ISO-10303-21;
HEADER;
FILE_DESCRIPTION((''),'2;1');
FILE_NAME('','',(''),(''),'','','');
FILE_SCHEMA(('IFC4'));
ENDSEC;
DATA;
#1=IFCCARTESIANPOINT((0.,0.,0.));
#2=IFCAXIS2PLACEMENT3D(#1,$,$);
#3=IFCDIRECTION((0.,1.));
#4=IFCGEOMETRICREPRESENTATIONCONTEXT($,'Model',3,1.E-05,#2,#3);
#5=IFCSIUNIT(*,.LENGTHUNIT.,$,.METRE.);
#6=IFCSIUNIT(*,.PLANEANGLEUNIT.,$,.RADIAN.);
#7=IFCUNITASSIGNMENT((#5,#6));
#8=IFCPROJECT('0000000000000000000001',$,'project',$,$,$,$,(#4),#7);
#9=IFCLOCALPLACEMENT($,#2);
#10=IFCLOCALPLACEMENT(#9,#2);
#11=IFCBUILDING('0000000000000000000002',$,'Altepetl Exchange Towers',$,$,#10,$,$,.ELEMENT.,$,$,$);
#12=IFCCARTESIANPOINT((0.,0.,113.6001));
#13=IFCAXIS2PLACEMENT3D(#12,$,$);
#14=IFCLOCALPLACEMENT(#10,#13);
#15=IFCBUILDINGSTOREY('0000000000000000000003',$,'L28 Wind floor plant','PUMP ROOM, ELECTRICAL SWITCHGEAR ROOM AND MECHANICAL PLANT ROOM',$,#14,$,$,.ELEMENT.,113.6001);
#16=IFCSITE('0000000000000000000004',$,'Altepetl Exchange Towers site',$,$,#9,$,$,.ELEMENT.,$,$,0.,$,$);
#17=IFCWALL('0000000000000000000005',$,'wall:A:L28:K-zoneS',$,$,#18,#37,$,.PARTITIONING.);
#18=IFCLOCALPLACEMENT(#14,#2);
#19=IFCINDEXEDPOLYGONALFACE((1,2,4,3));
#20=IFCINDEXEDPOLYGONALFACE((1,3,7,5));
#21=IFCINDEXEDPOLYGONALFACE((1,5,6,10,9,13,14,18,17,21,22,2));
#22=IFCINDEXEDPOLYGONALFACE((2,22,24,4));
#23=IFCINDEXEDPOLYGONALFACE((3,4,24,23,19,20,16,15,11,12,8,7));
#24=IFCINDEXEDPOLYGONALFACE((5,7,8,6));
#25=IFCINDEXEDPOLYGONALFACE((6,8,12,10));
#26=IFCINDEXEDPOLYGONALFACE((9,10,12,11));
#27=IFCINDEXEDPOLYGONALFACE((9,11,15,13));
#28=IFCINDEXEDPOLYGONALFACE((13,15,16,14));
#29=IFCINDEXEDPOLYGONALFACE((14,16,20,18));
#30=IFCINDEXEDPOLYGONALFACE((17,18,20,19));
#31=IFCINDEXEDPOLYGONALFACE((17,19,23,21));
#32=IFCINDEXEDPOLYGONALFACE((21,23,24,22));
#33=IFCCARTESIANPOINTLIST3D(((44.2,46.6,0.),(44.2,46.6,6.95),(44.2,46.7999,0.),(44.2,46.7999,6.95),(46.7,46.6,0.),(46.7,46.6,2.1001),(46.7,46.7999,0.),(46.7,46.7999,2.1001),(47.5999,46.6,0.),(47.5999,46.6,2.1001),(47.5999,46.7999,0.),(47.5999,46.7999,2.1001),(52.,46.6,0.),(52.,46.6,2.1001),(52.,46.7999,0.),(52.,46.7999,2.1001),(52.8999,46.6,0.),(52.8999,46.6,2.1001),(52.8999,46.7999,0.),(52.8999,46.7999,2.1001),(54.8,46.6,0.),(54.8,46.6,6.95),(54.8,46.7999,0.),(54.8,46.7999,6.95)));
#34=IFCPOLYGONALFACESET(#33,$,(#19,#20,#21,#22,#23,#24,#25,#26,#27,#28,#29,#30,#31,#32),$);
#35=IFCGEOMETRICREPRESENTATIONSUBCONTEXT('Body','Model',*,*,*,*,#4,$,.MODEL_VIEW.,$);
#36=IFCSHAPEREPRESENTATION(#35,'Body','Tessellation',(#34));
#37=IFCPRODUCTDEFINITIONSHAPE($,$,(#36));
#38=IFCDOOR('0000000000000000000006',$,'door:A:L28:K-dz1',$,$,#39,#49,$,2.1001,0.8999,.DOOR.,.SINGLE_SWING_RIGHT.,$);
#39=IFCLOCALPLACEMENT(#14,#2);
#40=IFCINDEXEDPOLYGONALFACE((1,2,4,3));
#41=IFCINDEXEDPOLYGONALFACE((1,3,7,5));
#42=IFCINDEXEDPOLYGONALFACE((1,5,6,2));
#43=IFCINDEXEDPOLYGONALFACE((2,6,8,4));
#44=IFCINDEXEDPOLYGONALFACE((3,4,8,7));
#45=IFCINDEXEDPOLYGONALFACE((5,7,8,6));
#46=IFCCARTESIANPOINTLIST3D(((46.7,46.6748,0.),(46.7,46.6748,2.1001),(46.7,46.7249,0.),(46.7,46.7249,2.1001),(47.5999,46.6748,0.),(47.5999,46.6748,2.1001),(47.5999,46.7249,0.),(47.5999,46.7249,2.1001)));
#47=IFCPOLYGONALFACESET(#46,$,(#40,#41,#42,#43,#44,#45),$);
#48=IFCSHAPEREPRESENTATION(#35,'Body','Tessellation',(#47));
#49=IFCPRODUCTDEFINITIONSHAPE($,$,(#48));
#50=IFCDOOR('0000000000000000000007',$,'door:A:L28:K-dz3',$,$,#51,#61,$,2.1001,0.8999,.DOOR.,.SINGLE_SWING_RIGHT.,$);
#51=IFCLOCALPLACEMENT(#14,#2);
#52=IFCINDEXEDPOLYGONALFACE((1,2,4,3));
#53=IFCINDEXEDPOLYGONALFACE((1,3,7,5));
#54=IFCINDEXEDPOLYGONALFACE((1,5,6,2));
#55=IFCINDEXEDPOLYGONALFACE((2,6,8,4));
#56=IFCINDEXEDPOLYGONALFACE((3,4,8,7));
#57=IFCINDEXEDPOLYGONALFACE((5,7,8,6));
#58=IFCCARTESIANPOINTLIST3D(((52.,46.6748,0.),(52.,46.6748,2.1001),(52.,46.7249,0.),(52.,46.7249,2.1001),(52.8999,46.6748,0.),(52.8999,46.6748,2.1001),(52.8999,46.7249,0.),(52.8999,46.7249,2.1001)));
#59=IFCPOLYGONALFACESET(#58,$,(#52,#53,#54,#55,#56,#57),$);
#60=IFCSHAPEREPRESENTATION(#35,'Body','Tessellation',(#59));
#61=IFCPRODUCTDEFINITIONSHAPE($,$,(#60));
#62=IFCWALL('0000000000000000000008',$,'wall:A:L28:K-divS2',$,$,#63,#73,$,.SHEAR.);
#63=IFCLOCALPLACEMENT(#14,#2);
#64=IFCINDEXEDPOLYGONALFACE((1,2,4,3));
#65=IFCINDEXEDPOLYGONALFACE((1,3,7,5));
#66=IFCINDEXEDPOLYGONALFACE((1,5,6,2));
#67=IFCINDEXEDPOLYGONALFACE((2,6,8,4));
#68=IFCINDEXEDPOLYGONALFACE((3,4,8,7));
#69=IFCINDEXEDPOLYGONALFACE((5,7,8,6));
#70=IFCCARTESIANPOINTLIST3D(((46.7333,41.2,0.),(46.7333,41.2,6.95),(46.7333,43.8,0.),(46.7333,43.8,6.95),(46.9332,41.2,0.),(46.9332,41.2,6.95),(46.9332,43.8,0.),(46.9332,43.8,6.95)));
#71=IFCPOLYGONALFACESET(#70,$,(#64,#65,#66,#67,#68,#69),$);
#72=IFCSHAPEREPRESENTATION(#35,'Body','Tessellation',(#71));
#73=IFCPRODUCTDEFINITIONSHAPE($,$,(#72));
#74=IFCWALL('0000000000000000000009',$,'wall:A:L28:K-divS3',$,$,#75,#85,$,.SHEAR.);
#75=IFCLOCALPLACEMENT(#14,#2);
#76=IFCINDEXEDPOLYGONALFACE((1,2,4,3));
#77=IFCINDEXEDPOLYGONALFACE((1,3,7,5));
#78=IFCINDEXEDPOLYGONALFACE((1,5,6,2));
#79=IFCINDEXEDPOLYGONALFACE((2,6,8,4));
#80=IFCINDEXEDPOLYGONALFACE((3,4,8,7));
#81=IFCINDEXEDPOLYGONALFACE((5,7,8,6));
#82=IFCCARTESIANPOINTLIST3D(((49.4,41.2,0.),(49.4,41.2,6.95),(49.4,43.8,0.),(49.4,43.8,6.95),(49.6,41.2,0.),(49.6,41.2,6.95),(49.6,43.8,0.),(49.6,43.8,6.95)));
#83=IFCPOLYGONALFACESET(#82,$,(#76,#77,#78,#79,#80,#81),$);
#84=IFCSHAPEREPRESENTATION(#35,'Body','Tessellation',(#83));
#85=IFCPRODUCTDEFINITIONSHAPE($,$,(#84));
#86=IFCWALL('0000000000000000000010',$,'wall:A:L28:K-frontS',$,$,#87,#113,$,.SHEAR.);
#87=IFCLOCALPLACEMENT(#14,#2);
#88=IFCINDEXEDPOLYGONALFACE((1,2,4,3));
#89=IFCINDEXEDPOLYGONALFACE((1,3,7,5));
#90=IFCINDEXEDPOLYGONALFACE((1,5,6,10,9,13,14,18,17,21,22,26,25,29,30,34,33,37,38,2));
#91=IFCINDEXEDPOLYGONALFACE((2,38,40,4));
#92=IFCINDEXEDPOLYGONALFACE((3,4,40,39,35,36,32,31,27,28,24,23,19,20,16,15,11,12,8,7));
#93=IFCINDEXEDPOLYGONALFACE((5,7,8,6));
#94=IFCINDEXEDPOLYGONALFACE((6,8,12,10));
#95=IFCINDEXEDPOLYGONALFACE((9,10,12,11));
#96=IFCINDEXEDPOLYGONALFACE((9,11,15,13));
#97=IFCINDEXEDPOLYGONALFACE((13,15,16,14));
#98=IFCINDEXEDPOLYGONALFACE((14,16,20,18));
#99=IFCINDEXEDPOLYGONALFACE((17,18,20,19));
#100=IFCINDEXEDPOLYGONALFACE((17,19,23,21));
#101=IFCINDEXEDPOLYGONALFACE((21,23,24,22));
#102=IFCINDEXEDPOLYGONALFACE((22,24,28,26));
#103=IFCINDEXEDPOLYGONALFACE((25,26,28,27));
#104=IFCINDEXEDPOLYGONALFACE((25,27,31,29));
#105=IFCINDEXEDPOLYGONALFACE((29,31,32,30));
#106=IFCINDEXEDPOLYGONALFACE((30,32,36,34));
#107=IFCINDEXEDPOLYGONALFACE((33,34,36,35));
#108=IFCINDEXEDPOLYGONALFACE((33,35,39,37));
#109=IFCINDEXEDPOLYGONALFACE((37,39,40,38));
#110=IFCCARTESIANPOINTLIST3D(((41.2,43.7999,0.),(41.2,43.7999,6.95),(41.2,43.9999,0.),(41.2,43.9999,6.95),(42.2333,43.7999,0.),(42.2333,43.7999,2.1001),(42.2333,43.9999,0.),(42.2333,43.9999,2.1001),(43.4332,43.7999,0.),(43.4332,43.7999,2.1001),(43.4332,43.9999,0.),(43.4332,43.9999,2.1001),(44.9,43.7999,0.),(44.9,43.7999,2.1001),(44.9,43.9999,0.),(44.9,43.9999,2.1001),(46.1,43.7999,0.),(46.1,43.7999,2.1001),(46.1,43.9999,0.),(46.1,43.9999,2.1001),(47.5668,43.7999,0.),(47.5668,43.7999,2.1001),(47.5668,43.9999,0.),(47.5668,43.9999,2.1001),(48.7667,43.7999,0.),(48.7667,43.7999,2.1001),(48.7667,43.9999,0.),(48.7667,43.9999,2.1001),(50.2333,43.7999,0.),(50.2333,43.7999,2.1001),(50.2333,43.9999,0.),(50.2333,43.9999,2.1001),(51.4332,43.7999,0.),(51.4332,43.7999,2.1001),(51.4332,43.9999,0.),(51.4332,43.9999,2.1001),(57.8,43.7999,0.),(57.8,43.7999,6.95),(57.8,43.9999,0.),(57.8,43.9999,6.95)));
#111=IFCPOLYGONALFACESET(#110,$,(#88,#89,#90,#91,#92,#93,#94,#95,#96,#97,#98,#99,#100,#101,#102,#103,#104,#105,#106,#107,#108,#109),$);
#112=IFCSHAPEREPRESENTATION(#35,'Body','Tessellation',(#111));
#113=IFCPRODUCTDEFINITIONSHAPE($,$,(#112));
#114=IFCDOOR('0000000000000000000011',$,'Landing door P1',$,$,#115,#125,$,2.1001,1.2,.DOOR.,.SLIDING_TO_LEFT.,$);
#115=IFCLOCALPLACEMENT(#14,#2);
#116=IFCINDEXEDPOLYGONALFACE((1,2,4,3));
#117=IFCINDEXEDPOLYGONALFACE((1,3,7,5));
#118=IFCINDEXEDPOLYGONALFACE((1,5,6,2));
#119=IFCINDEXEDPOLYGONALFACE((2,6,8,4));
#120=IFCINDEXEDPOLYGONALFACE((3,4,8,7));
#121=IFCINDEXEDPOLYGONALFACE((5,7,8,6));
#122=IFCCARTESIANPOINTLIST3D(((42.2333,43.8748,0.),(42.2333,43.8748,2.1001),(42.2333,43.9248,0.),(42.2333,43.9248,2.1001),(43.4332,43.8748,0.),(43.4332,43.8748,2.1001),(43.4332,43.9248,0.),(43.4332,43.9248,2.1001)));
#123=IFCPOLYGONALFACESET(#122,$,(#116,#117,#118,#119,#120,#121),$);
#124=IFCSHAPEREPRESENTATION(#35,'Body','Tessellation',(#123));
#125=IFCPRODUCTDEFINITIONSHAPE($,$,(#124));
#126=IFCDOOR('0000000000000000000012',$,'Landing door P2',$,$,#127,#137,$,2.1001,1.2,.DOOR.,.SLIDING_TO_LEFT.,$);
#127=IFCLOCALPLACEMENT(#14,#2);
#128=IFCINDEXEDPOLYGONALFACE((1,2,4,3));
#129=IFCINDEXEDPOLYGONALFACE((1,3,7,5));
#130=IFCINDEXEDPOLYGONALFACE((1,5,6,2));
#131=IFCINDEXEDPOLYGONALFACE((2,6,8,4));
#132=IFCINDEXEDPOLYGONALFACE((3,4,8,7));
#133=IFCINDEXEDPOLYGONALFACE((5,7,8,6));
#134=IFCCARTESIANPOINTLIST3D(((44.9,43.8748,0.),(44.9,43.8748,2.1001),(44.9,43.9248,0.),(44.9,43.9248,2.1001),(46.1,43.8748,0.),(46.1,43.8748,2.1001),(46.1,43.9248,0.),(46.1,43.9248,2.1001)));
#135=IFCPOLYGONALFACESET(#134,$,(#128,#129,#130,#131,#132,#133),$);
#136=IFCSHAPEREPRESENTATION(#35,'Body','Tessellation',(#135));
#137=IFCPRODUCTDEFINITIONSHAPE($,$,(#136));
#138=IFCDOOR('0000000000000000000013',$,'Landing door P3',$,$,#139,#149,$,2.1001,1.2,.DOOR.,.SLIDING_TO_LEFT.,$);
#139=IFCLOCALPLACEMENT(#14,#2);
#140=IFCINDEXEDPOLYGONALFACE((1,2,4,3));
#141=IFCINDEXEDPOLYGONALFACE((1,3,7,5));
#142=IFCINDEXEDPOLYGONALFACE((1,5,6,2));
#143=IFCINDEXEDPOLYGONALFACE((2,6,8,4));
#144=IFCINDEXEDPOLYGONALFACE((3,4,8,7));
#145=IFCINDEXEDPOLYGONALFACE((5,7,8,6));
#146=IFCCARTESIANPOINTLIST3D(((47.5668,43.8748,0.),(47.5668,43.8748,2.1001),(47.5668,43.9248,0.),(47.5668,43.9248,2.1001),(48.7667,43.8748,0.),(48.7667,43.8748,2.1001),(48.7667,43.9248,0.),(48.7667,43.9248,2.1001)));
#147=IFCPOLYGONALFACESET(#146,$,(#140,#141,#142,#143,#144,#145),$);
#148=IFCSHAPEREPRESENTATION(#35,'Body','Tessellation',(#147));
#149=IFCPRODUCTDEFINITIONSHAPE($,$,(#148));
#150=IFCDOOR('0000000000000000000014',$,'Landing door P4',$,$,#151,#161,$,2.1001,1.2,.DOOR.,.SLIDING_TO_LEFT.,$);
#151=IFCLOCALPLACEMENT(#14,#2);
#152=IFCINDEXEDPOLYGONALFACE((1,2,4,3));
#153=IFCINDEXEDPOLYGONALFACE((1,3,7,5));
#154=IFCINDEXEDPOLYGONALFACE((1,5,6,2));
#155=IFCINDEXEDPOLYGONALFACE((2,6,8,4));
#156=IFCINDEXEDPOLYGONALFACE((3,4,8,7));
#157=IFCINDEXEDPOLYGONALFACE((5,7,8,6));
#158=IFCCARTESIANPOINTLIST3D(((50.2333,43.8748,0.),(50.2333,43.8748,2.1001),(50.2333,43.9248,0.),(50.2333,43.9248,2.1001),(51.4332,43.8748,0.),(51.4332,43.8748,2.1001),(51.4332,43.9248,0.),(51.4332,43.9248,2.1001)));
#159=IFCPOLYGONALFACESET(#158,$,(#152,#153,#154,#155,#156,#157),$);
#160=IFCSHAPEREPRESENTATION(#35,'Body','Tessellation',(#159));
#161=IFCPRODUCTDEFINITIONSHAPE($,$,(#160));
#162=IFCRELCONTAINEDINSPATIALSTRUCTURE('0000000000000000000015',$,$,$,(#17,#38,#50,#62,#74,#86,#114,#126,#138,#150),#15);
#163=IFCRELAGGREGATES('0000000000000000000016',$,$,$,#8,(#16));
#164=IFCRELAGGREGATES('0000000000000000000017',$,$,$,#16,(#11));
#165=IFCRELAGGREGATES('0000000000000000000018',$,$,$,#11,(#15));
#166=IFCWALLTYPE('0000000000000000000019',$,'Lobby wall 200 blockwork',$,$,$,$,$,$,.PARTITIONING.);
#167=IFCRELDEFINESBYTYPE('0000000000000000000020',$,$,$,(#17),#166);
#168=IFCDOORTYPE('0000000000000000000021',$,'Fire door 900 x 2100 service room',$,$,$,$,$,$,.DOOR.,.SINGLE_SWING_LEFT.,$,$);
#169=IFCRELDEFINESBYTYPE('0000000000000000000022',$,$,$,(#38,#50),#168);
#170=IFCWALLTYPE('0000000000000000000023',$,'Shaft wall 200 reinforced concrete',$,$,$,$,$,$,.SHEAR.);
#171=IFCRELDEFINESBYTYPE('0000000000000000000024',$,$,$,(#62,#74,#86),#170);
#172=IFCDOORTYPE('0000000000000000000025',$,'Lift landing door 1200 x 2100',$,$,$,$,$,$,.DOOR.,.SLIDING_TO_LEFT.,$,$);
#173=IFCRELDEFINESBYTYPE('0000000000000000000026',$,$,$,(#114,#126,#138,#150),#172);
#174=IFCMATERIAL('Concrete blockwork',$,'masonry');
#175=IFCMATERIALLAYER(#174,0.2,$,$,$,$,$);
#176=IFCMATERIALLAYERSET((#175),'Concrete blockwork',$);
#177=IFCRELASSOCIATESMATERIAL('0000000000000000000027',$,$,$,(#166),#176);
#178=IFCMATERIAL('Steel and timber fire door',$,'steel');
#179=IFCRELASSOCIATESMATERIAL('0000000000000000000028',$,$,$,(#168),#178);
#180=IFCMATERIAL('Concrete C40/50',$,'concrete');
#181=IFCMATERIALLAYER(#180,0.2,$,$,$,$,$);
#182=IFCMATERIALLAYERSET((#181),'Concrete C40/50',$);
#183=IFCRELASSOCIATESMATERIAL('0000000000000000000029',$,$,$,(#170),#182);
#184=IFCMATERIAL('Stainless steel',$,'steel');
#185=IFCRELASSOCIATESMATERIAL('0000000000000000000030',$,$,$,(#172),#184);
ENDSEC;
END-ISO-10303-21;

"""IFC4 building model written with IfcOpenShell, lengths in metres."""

from ifc_helpers import new_model, si_unit, direction, frame, frame_2d, origin, place, context, subcontext, project, spatial, rectangle, extrude, material, layer, layer_set, type_object, element, fill, save


model = new_model("IFC4")

# Units and contexts
model_context = context("Model", 3, precision=1e-05, world=origin(), true_north=direction((0.0, 1.0)))
body_context = subcontext(model_context, "Body", "Model", "MODEL_VIEW")
ifc_project = project(units=[si_unit("LENGTHUNIT", "METRE"), si_unit("PLANEANGLEUNIT", "RADIAN")], contexts=[model_context])

# Site, building, storey
site_placement = place(None, origin())
site = spatial("IfcSite", under=ifc_project, at=site_placement, Name="Altepetl Exchange Towers site", CompositionType="ELEMENT", RefElevation=0.0)
building_placement = place(site_placement, origin())
building = spatial("IfcBuilding", under=site, at=building_placement, Name="Altepetl Exchange Towers", CompositionType="ELEMENT")
storey_placement = place(building_placement, frame((0.0, 0.0, 113.6001)))
storey = spatial("IfcBuildingStorey", under=building, at=storey_placement, Name="L28 Wind floor plant", Description="PUMP ROOM, ELECTRICAL SWITCHGEAR ROOM AND MECHANICAL PLANT ROOM", CompositionType="ELEMENT", Elevation=113.6001)

# Wall, openings, doors
ifc_material_1 = material(Name="Concrete blockwork", Category="masonry")
ifc_layer_1 = layer(ifc_material_1, 0.2)
ifc_layer_set_1 = layer_set([ifc_layer_1], Name="Concrete blockwork")
wall_type_1 = type_object("IfcWallType", Name="Lobby wall 200 blockwork", PredefinedType="PARTITIONING", material=ifc_layer_set_1)
wall_1_placement = place(storey_placement, frame((44.2, 46.7, 0.0)))
wall_1 = element("IfcWall", 1, at=wall_1_placement, inside=storey, type_object=wall_type_1, Name="wall:A:L28:K-zoneS", PredefinedType="PARTITIONING", context=body_context, shape_type="SweptSolid", body=[
    extrude(rectangle(XDim=10.6001, YDim=0.2, at=frame_2d((5.3, 0.0))), origin(), (0.0, 0.0, 1.0), 6.95),
])
opening_1_placement = place(wall_1_placement, frame((2.5, 0.0, 0.0)))
opening_1 = element("IfcOpeningElement", 2, at=opening_1_placement, cuts=wall_1, PredefinedType="OPENING", context=body_context, shape_type="SweptSolid", body=[
    extrude(rectangle(XDim=0.8999, YDim=2.1001, at=frame_2d((0.45, 1.05))), frame((0.0, 0.1099, 0.0), z_axis=(0.0, -1.0, 0.0), x_axis=(1.0, 0.0, 0.0)), (0.0, 0.0, 1.0), 0.22),
])
opening_2_placement = place(wall_1_placement, frame((7.8, 0.0, 0.0)))
opening_2 = element("IfcOpeningElement", 3, at=opening_2_placement, cuts=wall_1, PredefinedType="OPENING", context=body_context, shape_type="SweptSolid", body=[
    extrude(rectangle(XDim=0.8999, YDim=2.1001, at=frame_2d((0.45, 1.05))), frame((0.0, 0.1099, 0.0), z_axis=(0.0, -1.0, 0.0), x_axis=(1.0, 0.0, 0.0)), (0.0, 0.0, 1.0), 0.22),
])
ifc_material_2 = material(Name="Steel and timber fire door", Category="steel")
door_type_1 = type_object("IfcDoorType", Name="Fire door 900 x 2100 service room", OperationType="SINGLE_SWING_LEFT", PredefinedType="DOOR", material=ifc_material_2)
door_1_placement = place(opening_1_placement, origin())
door_1 = element("IfcDoor", 4, at=door_1_placement, inside=storey, type_object=door_type_1, Name="door:A:L28:K-dz1", OperationType="SINGLE_SWING_RIGHT", OverallHeight=2.1001, OverallWidth=0.8999, PredefinedType="DOOR", context=body_context, shape_type="SweptSolid", body=[
    extrude(rectangle(XDim=0.8999, YDim=2.1001, at=frame_2d((0.45, 1.05))), frame((0.0, 0.0249, 0.0), z_axis=(0.0, -1.0, 0.0), x_axis=(1.0, 0.0, 0.0)), (0.0, 0.0, 1.0), 0.05),
])
fill(opening_1, door_1)
door_2_placement = place(opening_2_placement, origin())
door_2 = element("IfcDoor", 5, at=door_2_placement, inside=storey, type_object=door_type_1, Name="door:A:L28:K-dz3", OperationType="SINGLE_SWING_RIGHT", OverallHeight=2.1001, OverallWidth=0.8999, PredefinedType="DOOR", context=body_context, shape_type="SweptSolid", body=[
    extrude(rectangle(XDim=0.8999, YDim=2.1001, at=frame_2d((0.45, 1.05))), frame((0.0, 0.0249, 0.0), z_axis=(0.0, -1.0, 0.0), x_axis=(1.0, 0.0, 0.0)), (0.0, 0.0, 1.0), 0.05),
])
fill(opening_2, door_2)

# Walls
ifc_material_3 = material(Name="Concrete C40/50", Category="concrete")
ifc_layer_2 = layer(ifc_material_3, 0.2)
ifc_layer_set_2 = layer_set([ifc_layer_2], Name="Concrete C40/50")
wall_type_2 = type_object("IfcWallType", Name="Shaft wall 200 reinforced concrete", PredefinedType="SHEAR", material=ifc_layer_set_2)
for number, where, z_axis, x_axis, name in (
    (6, (46.8333, 41.2, 0.0), (0.0, 0.0, 1.0), (0.0, 1.0, 0.0), "wall:A:L28:K-divS2"),
    (7, (49.5, 41.2, 0.0), (0.0, 0.0, 1.0), (0.0, 1.0, 0.0), "wall:A:L28:K-divS3"),
):
    element("IfcWall", number, at=place(storey_placement, frame(where, z_axis=z_axis, x_axis=x_axis)), inside=storey, type_object=wall_type_2, Name=name, PredefinedType="SHEAR", context=body_context, shape_type="SweptSolid", body=[
        extrude(rectangle(XDim=2.6001, YDim=0.2, at=frame_2d((1.3, 0.0))), origin(), (0.0, 0.0, 1.0), 6.95),
    ])

# Wall, openings, doors
wall_2_placement = place(storey_placement, frame((41.2, 43.8999, 0.0)))
wall_2 = element("IfcWall", 8, at=wall_2_placement, inside=storey, type_object=wall_type_2, Name="wall:A:L28:K-frontS", PredefinedType="SHEAR", context=body_context, shape_type="SweptSolid", body=[
    extrude(rectangle(XDim=16.6001, YDim=0.2, at=frame_2d((8.3, 0.0))), origin(), (0.0, 0.0, 1.0), 6.95),
])
opening_3_placement = place(wall_2_placement, frame((1.0332, 0.0, 0.0)))
opening_3 = element("IfcOpeningElement", 9, at=opening_3_placement, cuts=wall_2, PredefinedType="OPENING", context=body_context, shape_type="SweptSolid", body=[
    extrude(rectangle(XDim=1.2, YDim=2.1001, at=frame_2d((0.6001, 1.05))), frame((0.0, 0.1099, 0.0), z_axis=(0.0, -1.0, 0.0), x_axis=(1.0, 0.0, 0.0)), (0.0, 0.0, 1.0), 0.22),
])
opening_4_placement = place(wall_2_placement, frame((3.7, 0.0, 0.0)))
opening_4 = element("IfcOpeningElement", 10, at=opening_4_placement, cuts=wall_2, PredefinedType="OPENING", context=body_context, shape_type="SweptSolid", body=[
    extrude(rectangle(XDim=1.2, YDim=2.1001, at=frame_2d((0.6001, 1.05))), frame((0.0, 0.1099, 0.0), z_axis=(0.0, -1.0, 0.0), x_axis=(1.0, 0.0, 0.0)), (0.0, 0.0, 1.0), 0.22),
])
opening_5_placement = place(wall_2_placement, frame((6.3667, 0.0, 0.0)))
opening_5 = element("IfcOpeningElement", 11, at=opening_5_placement, cuts=wall_2, PredefinedType="OPENING", context=body_context, shape_type="SweptSolid", body=[
    extrude(rectangle(XDim=1.2, YDim=2.1001, at=frame_2d((0.6001, 1.05))), frame((0.0, 0.1099, 0.0), z_axis=(0.0, -1.0, 0.0), x_axis=(1.0, 0.0, 0.0)), (0.0, 0.0, 1.0), 0.22),
])
opening_6_placement = place(wall_2_placement, frame((9.0332, 0.0, 0.0)))
opening_6 = element("IfcOpeningElement", 12, at=opening_6_placement, cuts=wall_2, PredefinedType="OPENING", context=body_context, shape_type="SweptSolid", body=[
    extrude(rectangle(XDim=1.2, YDim=2.1001, at=frame_2d((0.6001, 1.05))), frame((0.0, 0.1099, 0.0), z_axis=(0.0, -1.0, 0.0), x_axis=(1.0, 0.0, 0.0)), (0.0, 0.0, 1.0), 0.22),
])
ifc_material_4 = material(Name="Stainless steel", Category="steel")
door_type_2 = type_object("IfcDoorType", Name="Lift landing door 1200 x 2100", OperationType="SLIDING_TO_LEFT", PredefinedType="DOOR", material=ifc_material_4)
door_3_placement = place(opening_3_placement, origin())
door_3 = element("IfcDoor", 13, at=door_3_placement, inside=storey, type_object=door_type_2, Name="Landing door P1", OperationType="SLIDING_TO_LEFT", OverallHeight=2.1001, OverallWidth=1.2, PredefinedType="DOOR", context=body_context, shape_type="SweptSolid", body=[
    extrude(rectangle(XDim=1.2, YDim=2.1001, at=frame_2d((0.6001, 1.05))), frame((0.0, 0.0249, 0.0), z_axis=(0.0, -1.0, 0.0), x_axis=(1.0, 0.0, 0.0)), (0.0, 0.0, 1.0), 0.05),
])
fill(opening_3, door_3)
door_4_placement = place(opening_4_placement, origin())
door_4 = element("IfcDoor", 14, at=door_4_placement, inside=storey, type_object=door_type_2, Name="Landing door P2", OperationType="SLIDING_TO_LEFT", OverallHeight=2.1001, OverallWidth=1.2, PredefinedType="DOOR", context=body_context, shape_type="SweptSolid", body=[
    extrude(rectangle(XDim=1.2, YDim=2.1001, at=frame_2d((0.6001, 1.05))), frame((0.0, 0.0249, 0.0), z_axis=(0.0, -1.0, 0.0), x_axis=(1.0, 0.0, 0.0)), (0.0, 0.0, 1.0), 0.05),
])
fill(opening_4, door_4)
door_5_placement = place(opening_5_placement, origin())
door_5 = element("IfcDoor", 15, at=door_5_placement, inside=storey, type_object=door_type_2, Name="Landing door P3", OperationType="SLIDING_TO_LEFT", OverallHeight=2.1001, OverallWidth=1.2, PredefinedType="DOOR", context=body_context, shape_type="SweptSolid", body=[
    extrude(rectangle(XDim=1.2, YDim=2.1001, at=frame_2d((0.6001, 1.05))), frame((0.0, 0.0249, 0.0), z_axis=(0.0, -1.0, 0.0), x_axis=(1.0, 0.0, 0.0)), (0.0, 0.0, 1.0), 0.05),
])
fill(opening_5, door_5)
door_6_placement = place(opening_6_placement, origin())
door_6 = element("IfcDoor", 16, at=door_6_placement, inside=storey, type_object=door_type_2, Name="Landing door P4", OperationType="SLIDING_TO_LEFT", OverallHeight=2.1001, OverallWidth=1.2, PredefinedType="DOOR", context=body_context, shape_type="SweptSolid", body=[
    extrude(rectangle(XDim=1.2, YDim=2.1001, at=frame_2d((0.6001, 1.05))), frame((0.0, 0.0249, 0.0), z_axis=(0.0, -1.0, 0.0), x_axis=(1.0, 0.0, 0.0)), (0.0, 0.0, 1.0), 0.05),
])
fill(opening_6, door_6)

save(model, "model.ifc")
